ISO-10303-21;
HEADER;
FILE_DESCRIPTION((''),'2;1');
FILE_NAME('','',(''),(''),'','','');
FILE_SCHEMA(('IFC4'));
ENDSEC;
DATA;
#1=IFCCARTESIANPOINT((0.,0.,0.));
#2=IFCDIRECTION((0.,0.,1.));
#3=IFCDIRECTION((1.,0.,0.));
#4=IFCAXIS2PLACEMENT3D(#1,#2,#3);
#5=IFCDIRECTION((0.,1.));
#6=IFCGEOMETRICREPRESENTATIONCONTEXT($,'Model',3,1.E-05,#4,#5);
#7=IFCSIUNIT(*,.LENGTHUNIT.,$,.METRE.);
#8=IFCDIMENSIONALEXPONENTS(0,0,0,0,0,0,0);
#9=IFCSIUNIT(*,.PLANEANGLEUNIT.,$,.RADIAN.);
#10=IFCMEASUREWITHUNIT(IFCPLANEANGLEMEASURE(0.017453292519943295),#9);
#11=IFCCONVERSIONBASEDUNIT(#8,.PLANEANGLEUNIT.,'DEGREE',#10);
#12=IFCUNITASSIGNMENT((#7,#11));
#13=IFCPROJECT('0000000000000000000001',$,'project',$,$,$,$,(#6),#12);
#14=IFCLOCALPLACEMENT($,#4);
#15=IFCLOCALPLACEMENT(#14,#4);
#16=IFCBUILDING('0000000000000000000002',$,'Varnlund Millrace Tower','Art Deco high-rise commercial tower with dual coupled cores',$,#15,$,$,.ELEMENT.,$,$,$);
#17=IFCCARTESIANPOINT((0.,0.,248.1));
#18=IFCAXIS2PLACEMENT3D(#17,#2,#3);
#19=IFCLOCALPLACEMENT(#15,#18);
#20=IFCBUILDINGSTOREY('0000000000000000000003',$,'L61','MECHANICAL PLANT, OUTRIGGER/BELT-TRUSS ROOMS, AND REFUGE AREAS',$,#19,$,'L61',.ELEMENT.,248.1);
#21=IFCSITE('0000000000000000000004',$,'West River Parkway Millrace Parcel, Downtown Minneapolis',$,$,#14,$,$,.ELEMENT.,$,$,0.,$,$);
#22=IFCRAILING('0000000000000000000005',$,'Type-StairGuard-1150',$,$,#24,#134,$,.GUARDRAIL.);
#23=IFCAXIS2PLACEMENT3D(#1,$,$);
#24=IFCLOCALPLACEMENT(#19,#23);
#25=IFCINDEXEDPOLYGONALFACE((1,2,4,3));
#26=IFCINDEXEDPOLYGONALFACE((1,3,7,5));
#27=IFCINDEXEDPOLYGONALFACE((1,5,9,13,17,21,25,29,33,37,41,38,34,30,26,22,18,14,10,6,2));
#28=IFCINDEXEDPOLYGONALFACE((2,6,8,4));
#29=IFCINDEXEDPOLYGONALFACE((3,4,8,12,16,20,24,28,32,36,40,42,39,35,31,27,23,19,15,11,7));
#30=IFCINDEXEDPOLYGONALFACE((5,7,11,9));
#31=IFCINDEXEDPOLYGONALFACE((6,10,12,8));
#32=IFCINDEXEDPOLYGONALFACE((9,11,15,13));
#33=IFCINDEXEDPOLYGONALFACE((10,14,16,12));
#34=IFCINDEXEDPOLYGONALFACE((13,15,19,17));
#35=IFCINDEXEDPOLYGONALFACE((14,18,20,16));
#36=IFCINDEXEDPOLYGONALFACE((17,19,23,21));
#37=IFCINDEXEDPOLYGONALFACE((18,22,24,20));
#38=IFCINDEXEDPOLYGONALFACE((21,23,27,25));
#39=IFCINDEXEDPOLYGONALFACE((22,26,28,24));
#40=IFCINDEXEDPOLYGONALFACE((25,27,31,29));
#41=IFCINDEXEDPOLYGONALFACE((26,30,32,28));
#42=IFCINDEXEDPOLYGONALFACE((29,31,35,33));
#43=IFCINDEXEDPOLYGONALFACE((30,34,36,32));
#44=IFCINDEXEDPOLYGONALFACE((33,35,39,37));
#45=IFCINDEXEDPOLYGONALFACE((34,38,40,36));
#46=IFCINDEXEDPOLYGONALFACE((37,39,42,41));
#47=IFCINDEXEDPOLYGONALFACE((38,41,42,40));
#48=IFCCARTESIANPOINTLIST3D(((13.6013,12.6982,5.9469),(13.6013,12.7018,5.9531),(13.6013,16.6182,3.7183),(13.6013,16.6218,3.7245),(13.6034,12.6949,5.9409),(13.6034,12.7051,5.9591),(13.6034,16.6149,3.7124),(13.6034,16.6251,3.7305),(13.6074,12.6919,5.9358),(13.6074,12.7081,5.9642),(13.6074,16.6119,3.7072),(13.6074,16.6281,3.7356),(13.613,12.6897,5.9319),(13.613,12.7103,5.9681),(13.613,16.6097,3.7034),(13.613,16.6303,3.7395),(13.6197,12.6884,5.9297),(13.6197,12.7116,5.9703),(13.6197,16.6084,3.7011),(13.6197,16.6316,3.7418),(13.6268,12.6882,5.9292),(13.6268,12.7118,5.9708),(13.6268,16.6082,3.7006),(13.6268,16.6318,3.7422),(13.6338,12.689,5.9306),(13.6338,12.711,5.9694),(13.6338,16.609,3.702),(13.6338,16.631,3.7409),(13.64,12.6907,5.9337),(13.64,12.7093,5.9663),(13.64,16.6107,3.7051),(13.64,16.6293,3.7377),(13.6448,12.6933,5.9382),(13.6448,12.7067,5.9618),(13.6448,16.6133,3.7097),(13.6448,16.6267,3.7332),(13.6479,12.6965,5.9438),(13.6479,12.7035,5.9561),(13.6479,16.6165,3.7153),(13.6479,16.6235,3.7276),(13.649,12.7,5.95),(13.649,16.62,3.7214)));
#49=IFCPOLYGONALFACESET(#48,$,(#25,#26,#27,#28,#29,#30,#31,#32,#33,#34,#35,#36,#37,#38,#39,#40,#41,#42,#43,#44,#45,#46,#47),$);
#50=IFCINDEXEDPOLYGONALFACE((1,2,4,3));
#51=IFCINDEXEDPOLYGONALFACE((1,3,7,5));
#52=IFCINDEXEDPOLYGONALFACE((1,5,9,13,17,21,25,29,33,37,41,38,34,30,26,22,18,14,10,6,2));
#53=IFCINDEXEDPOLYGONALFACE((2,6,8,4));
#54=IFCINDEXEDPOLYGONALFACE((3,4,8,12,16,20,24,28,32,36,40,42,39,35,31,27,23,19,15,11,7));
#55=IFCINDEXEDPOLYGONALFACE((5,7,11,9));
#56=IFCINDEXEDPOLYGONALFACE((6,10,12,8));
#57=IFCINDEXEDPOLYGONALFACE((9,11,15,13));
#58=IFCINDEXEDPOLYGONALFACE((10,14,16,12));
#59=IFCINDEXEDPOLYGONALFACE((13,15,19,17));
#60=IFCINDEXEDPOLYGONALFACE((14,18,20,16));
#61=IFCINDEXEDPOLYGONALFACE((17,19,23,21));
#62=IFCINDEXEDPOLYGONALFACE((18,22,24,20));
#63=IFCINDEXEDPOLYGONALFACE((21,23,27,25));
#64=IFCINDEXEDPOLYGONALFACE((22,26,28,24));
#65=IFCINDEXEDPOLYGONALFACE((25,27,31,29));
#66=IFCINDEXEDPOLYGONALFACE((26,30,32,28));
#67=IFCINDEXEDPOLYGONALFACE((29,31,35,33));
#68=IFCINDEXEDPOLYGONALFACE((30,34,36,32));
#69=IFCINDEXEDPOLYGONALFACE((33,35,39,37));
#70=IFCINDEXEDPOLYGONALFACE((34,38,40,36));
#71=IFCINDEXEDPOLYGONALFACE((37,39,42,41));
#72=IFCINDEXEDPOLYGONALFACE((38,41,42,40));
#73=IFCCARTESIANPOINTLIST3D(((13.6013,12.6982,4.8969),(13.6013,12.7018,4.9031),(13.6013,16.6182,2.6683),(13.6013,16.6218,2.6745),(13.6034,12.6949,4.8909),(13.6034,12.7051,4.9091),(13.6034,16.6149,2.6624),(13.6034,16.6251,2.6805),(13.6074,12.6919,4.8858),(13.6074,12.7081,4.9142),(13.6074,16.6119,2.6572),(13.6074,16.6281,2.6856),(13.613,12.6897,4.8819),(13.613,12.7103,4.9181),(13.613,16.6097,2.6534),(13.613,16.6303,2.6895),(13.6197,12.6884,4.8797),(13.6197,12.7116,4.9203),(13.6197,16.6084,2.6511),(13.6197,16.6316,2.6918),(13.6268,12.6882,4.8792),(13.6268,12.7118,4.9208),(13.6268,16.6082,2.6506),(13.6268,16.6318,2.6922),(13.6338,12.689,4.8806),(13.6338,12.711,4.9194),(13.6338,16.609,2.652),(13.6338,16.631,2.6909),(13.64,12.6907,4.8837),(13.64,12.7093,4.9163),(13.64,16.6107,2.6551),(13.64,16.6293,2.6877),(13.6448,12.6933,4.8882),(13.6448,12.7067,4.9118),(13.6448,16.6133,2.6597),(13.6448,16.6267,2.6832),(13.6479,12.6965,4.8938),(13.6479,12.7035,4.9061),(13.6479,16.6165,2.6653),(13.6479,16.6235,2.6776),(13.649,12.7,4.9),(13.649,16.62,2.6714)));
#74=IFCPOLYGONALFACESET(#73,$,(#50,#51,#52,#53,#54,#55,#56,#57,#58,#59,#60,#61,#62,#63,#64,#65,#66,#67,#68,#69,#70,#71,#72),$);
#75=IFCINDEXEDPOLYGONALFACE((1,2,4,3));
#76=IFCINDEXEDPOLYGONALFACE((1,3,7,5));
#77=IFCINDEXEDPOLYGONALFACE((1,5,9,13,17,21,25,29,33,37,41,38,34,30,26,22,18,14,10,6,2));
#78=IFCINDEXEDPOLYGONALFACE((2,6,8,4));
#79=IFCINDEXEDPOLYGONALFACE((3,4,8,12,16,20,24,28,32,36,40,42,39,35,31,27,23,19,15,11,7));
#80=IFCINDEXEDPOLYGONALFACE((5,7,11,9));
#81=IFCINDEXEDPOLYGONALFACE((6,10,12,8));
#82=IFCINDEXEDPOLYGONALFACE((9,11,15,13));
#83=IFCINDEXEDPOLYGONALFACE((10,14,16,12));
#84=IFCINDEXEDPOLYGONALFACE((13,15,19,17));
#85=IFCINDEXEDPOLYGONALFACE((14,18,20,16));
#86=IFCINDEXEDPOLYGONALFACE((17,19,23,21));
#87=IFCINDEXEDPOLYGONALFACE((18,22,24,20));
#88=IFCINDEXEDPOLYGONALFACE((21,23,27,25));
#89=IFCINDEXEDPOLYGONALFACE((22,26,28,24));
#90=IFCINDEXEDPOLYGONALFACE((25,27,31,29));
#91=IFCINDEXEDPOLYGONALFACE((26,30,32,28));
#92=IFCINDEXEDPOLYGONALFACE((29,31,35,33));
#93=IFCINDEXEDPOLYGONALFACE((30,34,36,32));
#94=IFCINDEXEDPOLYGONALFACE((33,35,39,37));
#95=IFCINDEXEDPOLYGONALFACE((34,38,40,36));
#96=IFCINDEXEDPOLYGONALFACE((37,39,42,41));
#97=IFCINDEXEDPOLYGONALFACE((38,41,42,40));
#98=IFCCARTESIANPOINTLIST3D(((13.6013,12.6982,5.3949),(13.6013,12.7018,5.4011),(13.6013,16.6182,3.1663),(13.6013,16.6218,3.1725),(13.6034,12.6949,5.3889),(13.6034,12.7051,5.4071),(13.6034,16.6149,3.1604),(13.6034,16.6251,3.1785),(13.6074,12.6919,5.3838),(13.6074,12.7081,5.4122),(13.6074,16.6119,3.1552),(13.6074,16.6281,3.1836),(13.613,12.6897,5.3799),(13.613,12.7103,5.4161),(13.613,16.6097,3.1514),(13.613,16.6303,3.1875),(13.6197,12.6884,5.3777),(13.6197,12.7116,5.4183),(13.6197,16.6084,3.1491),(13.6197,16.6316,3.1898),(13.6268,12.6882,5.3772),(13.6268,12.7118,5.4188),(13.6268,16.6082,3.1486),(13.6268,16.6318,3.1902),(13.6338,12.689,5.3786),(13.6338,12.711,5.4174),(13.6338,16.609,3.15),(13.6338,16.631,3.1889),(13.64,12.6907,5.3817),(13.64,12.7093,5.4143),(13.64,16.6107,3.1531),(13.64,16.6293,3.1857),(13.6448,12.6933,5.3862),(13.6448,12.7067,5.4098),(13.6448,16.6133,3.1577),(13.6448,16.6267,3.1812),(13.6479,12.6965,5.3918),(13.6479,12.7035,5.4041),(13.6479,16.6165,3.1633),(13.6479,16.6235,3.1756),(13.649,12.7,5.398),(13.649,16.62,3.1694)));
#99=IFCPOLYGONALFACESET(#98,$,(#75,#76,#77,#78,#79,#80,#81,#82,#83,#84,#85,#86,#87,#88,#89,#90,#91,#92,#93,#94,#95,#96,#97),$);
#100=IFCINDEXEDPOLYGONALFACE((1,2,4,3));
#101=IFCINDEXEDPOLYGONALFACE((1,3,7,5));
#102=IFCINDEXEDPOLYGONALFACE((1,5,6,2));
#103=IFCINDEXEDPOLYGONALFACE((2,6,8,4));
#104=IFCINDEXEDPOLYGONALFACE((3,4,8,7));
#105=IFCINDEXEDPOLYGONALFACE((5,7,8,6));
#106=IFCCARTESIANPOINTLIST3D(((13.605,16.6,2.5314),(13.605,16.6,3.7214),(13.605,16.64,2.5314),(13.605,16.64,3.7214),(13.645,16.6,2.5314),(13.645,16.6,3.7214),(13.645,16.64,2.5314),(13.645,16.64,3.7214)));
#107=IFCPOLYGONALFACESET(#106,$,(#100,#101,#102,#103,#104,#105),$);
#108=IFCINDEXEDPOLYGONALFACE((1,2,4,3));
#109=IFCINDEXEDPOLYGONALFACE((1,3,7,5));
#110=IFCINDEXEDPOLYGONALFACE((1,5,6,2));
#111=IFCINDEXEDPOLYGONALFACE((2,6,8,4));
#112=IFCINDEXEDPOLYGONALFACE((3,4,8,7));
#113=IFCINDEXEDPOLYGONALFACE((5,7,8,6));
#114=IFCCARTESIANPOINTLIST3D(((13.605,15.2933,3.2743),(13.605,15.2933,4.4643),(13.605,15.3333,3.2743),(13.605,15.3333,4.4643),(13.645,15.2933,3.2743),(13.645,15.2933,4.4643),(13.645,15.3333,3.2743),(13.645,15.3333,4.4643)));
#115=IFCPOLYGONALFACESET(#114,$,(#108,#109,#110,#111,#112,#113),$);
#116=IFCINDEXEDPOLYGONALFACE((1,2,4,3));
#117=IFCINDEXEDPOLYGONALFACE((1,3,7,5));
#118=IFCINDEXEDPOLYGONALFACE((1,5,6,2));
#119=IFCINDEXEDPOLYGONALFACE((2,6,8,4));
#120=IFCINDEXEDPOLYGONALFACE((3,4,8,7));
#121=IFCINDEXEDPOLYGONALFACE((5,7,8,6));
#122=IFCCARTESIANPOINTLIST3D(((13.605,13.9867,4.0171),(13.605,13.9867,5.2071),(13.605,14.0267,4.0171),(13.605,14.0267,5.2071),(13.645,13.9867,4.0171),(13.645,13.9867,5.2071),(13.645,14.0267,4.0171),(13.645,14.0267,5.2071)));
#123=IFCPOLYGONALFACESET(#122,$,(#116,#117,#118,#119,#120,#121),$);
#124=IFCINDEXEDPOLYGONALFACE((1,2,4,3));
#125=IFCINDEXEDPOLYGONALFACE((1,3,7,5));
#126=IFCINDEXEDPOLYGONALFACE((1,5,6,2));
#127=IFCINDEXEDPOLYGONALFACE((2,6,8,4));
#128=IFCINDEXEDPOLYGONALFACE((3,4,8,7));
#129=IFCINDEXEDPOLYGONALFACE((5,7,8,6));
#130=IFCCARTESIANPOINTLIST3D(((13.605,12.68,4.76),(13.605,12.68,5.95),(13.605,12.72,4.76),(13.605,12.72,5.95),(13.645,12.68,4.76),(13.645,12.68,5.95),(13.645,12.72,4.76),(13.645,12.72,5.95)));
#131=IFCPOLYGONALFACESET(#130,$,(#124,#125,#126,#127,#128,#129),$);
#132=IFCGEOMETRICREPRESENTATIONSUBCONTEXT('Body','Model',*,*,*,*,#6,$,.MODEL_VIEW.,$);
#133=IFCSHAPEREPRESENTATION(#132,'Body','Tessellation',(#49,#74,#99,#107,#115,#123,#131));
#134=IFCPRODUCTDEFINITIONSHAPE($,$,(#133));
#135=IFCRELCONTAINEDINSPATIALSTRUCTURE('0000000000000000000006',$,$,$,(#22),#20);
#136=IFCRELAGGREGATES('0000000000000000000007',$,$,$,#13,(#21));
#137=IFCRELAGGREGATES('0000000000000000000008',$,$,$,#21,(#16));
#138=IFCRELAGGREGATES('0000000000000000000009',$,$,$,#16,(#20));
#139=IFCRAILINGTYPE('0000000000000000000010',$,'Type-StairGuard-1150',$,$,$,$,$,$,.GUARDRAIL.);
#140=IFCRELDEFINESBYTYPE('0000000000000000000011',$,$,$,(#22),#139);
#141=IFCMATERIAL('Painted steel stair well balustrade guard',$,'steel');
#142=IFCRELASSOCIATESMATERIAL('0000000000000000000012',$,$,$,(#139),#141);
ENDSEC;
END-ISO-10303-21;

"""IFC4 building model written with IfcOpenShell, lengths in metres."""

from ifc_helpers import new_model, entity, si_unit, converted_unit, direction, frame, origin_with_axes, origin_2d_with_axis, place, context, subcontext, project, spatial, rectangle, circle, extrude, material, type_object, element, save


model = new_model("IFC4")

# Units and contexts
model_context = context("Model", 3, precision=1e-05, world=origin_with_axes(), true_north=direction((0.0, 1.0)))
body_context = subcontext(model_context, "Body", "Model", "MODEL_VIEW")
ifc_project = project(units=[si_unit("LENGTHUNIT", "METRE"), converted_unit("PLANEANGLEUNIT", "DEGREE", entity("IfcPlaneAngleMeasure", 0.017453292519943295), si_unit("PLANEANGLEUNIT", "RADIAN"), dimensions=[0, 0, 0, 0, 0, 0, 0])], contexts=[model_context])

# Site, building, storey
site_placement = place(None, origin_with_axes())
site = spatial("IfcSite", under=ifc_project, at=site_placement, Name="West River Parkway Millrace Parcel, Downtown Minneapolis", CompositionType="ELEMENT", RefElevation=0.0)
building_placement = place(site_placement, origin_with_axes())
building = spatial("IfcBuilding", under=site, at=building_placement, Name="Varnlund Millrace Tower", Description="Art Deco high-rise commercial tower with dual coupled cores", CompositionType="ELEMENT")
storey_placement = place(building_placement, frame((0.0, 0.0, 248.1), z_axis=(0.0, 0.0, 1.0), x_axis=(1.0, 0.0, 0.0)))
storey = spatial("IfcBuildingStorey", under=building, at=storey_placement, Name="L61", Description="MECHANICAL PLANT, OUTRIGGER/BELT-TRUSS ROOMS, AND REFUGE AREAS", LongName="L61", CompositionType="ELEMENT", Elevation=248.1)

# Railing
ifc_material_1 = material(Name="Painted steel stair well balustrade guard", Category="steel")
railing_type_1 = type_object("IfcRailingType", Name="Type-StairGuard-1150", PredefinedType="GUARDRAIL", material=ifc_material_1)
railing_1_placement = place(storey_placement, frame((0.0, 0.0, -248.1), z_axis=(0.0, 0.0, 1.0), x_axis=(1.0, 0.0, 0.0)))
element("IfcRailing", 1, at=railing_1_placement, inside=storey, type_object=railing_type_1, Name="Type-StairGuard-1150", PredefinedType="GUARDRAIL", context=body_context, shape_type="SweptSolid", body=[
    extrude(circle(Radius=0.024, at=origin_2d_with_axis()), frame((13.625, 16.62, 251.8214), z_axis=(0.0, -0.869333, 0.494227), x_axis=(1.0, 0.0, 0.0)), (0.0, 0.0, 1.0), 4.5092),
    extrude(circle(Radius=0.024, at=origin_2d_with_axis()), frame((13.625, 16.62, 250.7714), z_axis=(0.0, -0.869333, 0.494227), x_axis=(1.0, 0.0, 0.0)), (0.0, 0.0, 1.0), 4.5092),
    extrude(circle(Radius=0.024, at=origin_2d_with_axis()), frame((13.625, 16.62, 251.2694), z_axis=(0.0, -0.869333, 0.494227), x_axis=(1.0, 0.0, 0.0)), (0.0, 0.0, 1.0), 4.5092),
    extrude(rectangle(XDim=0.04, YDim=0.04, at=origin_2d_with_axis()), frame((13.625, 16.62, 250.6314), z_axis=(0.0, 0.0, 1.0), x_axis=(1.0, 0.0, 0.0)), (0.0, 0.0, 1.0), 1.19),
    extrude(rectangle(XDim=0.04, YDim=0.04, at=origin_2d_with_axis()), frame((13.625, 15.3133, 251.3743), z_axis=(0.0, 0.0, 1.0), x_axis=(1.0, 0.0, 0.0)), (0.0, 0.0, 1.0), 1.19),
    extrude(rectangle(XDim=0.04, YDim=0.04, at=origin_2d_with_axis()), frame((13.625, 14.0067, 252.1171), z_axis=(0.0, 0.0, 1.0), x_axis=(1.0, 0.0, 0.0)), (0.0, 0.0, 1.0), 1.19),
    extrude(rectangle(XDim=0.04, YDim=0.04, at=origin_2d_with_axis()), frame((13.625, 12.7, 252.86), z_axis=(0.0, 0.0, 1.0), x_axis=(1.0, 0.0, 0.0)), (0.0, 0.0, 1.0), 1.19),
])

save(model, "model.ifc")
